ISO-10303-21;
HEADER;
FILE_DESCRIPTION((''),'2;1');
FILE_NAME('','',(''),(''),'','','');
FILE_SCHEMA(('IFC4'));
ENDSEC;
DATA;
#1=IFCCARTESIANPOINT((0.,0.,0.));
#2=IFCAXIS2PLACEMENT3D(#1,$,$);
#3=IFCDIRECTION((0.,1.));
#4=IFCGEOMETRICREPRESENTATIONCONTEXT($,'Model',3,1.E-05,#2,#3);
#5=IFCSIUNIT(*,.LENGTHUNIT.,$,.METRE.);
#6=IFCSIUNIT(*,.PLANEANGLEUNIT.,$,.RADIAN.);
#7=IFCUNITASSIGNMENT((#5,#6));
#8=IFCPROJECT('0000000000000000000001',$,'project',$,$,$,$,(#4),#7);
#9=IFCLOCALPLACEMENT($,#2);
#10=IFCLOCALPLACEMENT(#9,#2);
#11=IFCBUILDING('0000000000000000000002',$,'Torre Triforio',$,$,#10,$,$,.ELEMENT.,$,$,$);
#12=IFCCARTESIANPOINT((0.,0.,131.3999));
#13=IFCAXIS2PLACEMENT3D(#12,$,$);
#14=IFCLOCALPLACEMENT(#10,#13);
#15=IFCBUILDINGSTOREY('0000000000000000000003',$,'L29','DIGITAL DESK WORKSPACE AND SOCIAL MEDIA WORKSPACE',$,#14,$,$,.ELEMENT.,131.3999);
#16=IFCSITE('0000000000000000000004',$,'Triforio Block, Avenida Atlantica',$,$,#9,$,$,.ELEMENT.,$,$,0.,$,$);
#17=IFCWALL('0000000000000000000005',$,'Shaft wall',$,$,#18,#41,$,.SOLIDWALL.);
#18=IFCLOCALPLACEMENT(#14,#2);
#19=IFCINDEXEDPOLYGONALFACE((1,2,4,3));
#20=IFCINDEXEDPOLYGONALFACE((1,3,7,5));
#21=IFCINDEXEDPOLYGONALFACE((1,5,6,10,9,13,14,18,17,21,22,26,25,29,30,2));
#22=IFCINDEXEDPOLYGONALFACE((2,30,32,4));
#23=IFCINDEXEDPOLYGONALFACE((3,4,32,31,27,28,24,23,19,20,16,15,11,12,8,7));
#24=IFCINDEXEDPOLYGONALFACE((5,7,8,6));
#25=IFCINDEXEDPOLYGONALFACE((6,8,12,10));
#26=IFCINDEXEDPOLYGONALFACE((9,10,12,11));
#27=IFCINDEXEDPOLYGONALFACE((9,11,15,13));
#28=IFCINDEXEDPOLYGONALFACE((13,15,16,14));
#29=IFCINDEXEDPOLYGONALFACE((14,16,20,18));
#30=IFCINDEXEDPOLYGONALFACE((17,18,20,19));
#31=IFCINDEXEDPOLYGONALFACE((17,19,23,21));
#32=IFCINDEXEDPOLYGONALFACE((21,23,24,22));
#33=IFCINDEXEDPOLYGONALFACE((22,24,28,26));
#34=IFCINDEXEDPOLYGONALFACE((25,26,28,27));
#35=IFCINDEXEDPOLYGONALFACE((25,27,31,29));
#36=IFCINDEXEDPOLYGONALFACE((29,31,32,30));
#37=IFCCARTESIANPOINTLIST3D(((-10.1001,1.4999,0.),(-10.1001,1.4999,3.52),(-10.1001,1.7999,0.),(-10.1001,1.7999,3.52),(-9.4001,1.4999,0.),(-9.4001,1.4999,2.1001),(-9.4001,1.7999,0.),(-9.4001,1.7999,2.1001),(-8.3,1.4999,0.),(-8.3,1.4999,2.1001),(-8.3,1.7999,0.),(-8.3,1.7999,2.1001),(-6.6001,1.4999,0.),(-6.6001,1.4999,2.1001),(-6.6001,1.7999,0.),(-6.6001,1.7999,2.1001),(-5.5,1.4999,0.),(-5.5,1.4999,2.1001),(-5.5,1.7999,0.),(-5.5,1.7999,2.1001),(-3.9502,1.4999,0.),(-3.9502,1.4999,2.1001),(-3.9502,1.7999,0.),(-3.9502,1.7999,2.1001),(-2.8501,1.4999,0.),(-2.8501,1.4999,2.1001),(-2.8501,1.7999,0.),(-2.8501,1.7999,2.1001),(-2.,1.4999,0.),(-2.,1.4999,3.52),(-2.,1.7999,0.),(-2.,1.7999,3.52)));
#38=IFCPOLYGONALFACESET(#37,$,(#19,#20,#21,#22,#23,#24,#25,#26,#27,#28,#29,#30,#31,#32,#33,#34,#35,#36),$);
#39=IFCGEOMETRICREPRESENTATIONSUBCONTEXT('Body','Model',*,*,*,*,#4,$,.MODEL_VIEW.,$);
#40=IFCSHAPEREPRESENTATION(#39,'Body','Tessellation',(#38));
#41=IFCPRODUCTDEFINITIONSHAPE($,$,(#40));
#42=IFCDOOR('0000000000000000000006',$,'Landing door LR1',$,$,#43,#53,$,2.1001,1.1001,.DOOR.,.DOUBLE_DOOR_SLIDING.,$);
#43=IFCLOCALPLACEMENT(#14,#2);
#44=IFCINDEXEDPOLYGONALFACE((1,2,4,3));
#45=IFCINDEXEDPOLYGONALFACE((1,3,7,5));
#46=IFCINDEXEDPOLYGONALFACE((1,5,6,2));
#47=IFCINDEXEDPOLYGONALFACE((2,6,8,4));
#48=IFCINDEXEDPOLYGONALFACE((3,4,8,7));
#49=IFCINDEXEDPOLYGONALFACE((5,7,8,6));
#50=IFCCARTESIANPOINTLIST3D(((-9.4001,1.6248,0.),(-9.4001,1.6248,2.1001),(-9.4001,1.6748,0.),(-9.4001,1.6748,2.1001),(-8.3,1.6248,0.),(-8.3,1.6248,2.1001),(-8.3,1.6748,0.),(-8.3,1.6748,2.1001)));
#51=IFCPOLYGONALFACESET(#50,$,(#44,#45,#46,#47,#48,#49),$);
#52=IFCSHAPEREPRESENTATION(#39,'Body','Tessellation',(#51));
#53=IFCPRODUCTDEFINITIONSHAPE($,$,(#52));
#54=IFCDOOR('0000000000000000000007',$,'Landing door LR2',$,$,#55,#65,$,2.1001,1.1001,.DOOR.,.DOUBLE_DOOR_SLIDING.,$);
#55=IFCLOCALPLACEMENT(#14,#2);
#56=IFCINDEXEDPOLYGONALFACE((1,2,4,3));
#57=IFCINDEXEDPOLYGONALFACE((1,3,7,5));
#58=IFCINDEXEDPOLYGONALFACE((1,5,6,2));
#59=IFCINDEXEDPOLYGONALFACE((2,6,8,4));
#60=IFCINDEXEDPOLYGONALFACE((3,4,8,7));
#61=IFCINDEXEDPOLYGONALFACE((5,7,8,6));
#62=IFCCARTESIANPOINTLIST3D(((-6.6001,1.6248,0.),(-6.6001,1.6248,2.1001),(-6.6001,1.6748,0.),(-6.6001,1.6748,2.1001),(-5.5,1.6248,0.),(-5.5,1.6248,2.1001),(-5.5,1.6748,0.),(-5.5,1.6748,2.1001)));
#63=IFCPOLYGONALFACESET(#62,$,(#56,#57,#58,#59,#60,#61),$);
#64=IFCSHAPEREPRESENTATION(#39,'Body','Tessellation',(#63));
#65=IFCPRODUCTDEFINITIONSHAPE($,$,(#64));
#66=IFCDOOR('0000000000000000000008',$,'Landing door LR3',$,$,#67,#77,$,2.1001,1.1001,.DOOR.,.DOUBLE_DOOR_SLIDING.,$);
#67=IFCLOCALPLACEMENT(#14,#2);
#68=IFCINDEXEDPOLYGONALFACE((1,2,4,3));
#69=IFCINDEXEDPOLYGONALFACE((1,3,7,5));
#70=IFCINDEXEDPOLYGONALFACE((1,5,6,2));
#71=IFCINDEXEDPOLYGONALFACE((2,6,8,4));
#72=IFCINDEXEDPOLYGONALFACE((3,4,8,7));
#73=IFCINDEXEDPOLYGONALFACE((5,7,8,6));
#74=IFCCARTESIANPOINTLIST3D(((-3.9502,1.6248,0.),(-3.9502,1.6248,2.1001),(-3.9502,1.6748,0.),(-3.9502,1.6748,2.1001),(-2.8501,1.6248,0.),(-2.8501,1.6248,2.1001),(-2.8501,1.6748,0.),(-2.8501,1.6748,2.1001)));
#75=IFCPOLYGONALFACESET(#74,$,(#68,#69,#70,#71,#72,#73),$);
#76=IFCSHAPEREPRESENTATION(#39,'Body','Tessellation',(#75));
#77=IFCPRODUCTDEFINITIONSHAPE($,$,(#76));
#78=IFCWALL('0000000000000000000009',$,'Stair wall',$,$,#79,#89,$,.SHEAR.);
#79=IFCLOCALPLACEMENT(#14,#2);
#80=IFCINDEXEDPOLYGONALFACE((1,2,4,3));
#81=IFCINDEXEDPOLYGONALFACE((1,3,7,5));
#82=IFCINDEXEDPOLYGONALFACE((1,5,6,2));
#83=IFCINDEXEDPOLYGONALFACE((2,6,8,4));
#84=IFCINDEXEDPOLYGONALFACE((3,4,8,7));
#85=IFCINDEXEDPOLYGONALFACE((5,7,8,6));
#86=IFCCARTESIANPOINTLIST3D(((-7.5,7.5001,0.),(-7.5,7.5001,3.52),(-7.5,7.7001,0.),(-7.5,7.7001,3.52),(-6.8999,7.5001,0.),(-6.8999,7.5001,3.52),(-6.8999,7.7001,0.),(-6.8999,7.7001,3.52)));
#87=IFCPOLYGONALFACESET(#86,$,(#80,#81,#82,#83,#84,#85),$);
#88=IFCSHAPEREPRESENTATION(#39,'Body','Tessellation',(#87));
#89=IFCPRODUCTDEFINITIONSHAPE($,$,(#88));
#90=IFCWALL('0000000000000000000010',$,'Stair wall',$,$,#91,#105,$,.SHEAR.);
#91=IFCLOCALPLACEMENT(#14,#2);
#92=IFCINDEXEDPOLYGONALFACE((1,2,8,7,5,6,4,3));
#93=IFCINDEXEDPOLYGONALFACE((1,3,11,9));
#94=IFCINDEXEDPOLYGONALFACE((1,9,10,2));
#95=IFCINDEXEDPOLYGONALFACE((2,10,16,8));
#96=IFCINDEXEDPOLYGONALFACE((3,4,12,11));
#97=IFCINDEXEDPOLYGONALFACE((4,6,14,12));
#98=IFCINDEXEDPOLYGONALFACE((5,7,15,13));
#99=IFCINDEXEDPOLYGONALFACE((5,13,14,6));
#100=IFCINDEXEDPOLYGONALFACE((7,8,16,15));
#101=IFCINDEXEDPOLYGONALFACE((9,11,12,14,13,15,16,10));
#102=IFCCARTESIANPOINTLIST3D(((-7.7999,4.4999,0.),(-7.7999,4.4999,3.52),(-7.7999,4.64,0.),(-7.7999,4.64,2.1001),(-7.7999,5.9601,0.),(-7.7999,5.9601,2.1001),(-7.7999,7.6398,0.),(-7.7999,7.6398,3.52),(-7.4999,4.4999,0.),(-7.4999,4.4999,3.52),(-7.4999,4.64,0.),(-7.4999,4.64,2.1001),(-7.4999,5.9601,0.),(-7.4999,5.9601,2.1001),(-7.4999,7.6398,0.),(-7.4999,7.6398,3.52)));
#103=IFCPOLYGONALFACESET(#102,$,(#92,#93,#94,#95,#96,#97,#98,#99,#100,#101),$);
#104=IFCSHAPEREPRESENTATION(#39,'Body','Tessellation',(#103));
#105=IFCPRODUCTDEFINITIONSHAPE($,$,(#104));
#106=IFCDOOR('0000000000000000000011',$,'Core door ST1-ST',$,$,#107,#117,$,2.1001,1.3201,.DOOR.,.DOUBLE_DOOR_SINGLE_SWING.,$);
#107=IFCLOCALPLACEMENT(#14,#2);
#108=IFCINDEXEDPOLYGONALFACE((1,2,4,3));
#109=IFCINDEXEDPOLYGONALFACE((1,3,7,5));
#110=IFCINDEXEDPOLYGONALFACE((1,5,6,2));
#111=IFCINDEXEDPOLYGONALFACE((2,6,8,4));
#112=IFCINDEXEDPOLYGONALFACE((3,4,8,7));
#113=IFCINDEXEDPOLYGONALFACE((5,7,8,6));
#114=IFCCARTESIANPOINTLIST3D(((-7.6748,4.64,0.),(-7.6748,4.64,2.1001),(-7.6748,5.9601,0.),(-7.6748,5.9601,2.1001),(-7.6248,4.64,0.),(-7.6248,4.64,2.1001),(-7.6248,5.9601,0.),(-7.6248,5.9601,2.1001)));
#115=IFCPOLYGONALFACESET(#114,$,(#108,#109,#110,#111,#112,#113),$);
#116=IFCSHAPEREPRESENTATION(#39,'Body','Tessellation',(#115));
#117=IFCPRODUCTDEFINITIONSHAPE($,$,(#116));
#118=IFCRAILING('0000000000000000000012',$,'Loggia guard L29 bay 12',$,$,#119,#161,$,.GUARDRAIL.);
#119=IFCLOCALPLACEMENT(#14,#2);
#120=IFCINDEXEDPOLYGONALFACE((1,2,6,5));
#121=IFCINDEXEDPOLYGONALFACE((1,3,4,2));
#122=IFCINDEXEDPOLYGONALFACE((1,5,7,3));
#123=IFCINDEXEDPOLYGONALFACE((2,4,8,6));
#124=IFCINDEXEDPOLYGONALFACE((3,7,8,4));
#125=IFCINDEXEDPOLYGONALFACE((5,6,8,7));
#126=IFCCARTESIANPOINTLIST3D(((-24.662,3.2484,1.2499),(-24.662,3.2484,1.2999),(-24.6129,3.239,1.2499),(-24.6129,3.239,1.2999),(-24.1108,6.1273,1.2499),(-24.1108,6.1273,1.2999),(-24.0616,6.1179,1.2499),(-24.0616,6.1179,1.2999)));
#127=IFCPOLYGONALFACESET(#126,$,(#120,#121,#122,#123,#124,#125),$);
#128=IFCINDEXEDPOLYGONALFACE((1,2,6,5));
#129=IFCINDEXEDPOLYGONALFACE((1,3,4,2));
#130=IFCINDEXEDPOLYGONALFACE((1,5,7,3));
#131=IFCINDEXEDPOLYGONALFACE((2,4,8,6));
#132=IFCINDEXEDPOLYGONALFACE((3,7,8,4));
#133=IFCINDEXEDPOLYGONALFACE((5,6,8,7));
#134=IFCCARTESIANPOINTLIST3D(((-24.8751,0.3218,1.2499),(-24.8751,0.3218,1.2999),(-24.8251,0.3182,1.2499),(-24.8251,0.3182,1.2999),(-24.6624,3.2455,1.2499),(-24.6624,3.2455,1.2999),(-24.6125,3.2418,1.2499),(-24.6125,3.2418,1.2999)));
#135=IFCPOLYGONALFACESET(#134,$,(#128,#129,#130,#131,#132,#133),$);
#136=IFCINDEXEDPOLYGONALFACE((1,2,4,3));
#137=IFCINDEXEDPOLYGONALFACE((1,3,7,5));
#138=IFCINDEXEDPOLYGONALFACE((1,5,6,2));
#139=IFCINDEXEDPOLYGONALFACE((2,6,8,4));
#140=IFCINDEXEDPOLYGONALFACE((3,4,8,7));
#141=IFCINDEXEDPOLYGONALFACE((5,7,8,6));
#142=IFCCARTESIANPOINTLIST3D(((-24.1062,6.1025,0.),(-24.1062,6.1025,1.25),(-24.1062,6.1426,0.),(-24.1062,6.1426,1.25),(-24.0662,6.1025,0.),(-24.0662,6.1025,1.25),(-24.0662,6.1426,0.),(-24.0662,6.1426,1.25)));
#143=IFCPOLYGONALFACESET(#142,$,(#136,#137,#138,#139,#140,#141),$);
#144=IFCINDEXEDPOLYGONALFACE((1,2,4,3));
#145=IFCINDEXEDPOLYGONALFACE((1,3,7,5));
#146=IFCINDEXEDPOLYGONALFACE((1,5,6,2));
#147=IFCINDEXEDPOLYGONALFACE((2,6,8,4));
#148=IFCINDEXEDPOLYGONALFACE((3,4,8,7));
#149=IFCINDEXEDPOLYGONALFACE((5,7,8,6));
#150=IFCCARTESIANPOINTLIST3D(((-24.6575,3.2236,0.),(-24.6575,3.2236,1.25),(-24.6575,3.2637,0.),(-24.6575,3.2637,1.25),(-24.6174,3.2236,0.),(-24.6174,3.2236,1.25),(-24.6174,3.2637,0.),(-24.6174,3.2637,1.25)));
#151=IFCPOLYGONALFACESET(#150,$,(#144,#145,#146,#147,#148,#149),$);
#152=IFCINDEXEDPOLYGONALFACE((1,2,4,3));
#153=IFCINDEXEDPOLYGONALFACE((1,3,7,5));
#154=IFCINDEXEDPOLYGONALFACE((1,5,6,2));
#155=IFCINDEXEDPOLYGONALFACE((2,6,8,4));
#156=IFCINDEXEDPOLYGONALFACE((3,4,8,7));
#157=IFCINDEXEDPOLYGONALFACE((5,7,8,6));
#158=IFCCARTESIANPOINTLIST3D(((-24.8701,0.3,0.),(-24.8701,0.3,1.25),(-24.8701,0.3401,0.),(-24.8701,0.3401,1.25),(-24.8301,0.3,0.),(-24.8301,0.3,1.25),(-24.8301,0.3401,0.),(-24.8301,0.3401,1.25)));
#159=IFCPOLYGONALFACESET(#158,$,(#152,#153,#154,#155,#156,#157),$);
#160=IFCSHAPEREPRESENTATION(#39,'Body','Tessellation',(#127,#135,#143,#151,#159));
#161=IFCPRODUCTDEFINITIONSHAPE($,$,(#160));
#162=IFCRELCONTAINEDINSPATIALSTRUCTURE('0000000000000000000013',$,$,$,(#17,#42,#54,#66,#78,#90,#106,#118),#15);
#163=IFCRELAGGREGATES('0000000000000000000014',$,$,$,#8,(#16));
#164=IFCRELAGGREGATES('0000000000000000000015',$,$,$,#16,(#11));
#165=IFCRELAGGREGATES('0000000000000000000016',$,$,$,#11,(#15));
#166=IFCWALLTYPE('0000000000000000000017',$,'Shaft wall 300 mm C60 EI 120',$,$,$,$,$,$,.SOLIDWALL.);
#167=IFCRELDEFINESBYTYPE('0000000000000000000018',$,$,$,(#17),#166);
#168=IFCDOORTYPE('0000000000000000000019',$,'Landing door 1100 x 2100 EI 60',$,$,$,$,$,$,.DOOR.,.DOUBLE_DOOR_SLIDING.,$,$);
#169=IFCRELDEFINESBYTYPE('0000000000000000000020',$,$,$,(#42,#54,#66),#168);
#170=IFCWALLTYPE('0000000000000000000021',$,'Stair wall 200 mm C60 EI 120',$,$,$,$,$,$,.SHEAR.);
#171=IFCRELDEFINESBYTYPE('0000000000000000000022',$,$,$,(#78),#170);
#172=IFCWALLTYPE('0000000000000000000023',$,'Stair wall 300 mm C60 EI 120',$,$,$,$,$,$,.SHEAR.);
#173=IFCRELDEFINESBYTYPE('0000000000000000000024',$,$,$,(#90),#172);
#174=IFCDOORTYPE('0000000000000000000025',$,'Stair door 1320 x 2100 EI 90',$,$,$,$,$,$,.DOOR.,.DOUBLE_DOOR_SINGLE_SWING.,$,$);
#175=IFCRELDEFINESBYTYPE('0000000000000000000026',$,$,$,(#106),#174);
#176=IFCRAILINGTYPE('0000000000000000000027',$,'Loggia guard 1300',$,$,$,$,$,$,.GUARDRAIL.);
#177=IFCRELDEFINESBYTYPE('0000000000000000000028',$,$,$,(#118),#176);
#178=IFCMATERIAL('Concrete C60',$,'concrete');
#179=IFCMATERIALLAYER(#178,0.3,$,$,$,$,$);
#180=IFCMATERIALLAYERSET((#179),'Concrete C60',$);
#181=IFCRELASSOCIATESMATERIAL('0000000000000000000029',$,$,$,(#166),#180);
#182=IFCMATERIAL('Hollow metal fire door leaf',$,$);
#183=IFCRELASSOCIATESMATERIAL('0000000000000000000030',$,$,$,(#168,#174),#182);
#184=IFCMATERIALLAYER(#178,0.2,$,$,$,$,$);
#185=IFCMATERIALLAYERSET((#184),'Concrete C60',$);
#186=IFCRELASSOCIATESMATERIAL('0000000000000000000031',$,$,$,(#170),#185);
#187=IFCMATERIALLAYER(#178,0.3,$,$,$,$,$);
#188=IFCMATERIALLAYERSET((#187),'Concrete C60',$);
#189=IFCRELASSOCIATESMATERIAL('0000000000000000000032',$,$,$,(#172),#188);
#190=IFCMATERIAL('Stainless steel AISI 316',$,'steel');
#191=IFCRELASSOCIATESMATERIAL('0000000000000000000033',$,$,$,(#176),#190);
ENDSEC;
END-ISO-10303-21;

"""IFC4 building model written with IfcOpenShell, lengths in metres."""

from ifc_helpers import new_model, si_unit, direction, frame, frame_2d, origin, origin_2d, place, context, subcontext, project, spatial, rectangle, extrude, material, layer, layer_set, type_object, element, fill, save


model = new_model("IFC4")

# Units and contexts
model_context = context("Model", 3, precision=1e-05, world=origin(), true_north=direction((0.0, 1.0)))
body_context = subcontext(model_context, "Body", "Model", "MODEL_VIEW")
ifc_project = project(units=[si_unit("LENGTHUNIT", "METRE"), si_unit("PLANEANGLEUNIT", "RADIAN")], contexts=[model_context])

# Site, building, storey
site_placement = place(None, origin())
site = spatial("IfcSite", under=ifc_project, at=site_placement, Name="Triforio Block, Avenida Atlantica", CompositionType="ELEMENT", RefElevation=0.0)
building_placement = place(site_placement, origin())
building = spatial("IfcBuilding", under=site, at=building_placement, Name="Torre Triforio", CompositionType="ELEMENT")
storey_placement = place(building_placement, frame((0.0, 0.0, 131.3999)))
storey = spatial("IfcBuildingStorey", under=building, at=storey_placement, Name="L29", Description="DIGITAL DESK WORKSPACE AND SOCIAL MEDIA WORKSPACE", CompositionType="ELEMENT", Elevation=131.3999)

# Shared definitions
ifc_material_1 = material(Name="Concrete C60", Category="concrete")

# Shared definitions
ifc_material_2 = material(Name="Hollow metal fire door leaf")

# Shared definitions
ifc_layer_1 = layer(ifc_material_1, 0.3)
ifc_layer_set_1 = layer_set([ifc_layer_1], Name="Concrete C60")
wall_type_1 = type_object("IfcWallType", Name="Shaft wall 300 mm C60 EI 120", PredefinedType="SOLIDWALL", material=ifc_layer_set_1)

# Wall, openings, doors
wall_1_placement = place(storey_placement, frame((-10.1001, 1.6499, 0.0), z_axis=(0.0, 0.0, 1.0), x_axis=(1.0, 0.0, 0.0)))
wall_1 = element("IfcWall", 1, at=wall_1_placement, inside=storey, type_object=wall_type_1, Name="Shaft wall", PredefinedType="SOLIDWALL", context=body_context, shape_type="SweptSolid", body=[
    extrude(rectangle(XDim=8.1001, YDim=0.3, at=frame_2d((4.05, 0.0))), origin(), (0.0, 0.0, 1.0), 3.52),
])
opening_1_placement = place(wall_1_placement, frame((0.7, 0.0, 0.0)))
opening_1 = element("IfcOpeningElement", 2, at=opening_1_placement, cuts=wall_1, PredefinedType="OPENING", context=body_context, shape_type="SweptSolid", body=[
    extrude(rectangle(XDim=1.1001, YDim=2.1001, at=frame_2d((0.55, 1.05))), frame((0.0, 0.1599, 0.0), z_axis=(0.0, -1.0, 0.0), x_axis=(1.0, 0.0, 0.0)), (0.0, 0.0, 1.0), 0.3201),
])
opening_2_placement = place(wall_1_placement, frame((3.5, 0.0, 0.0)))
opening_2 = element("IfcOpeningElement", 3, at=opening_2_placement, cuts=wall_1, PredefinedType="OPENING", context=body_context, shape_type="SweptSolid", body=[
    extrude(rectangle(XDim=1.1001, YDim=2.1001, at=frame_2d((0.55, 1.05))), frame((0.0, 0.1599, 0.0), z_axis=(0.0, -1.0, 0.0), x_axis=(1.0, 0.0, 0.0)), (0.0, 0.0, 1.0), 0.3201),
])
opening_3_placement = place(wall_1_placement, frame((6.1499, 0.0, 0.0)))
opening_3 = element("IfcOpeningElement", 4, at=opening_3_placement, cuts=wall_1, PredefinedType="OPENING", context=body_context, shape_type="SweptSolid", body=[
    extrude(rectangle(XDim=1.1001, YDim=2.1001, at=frame_2d((0.55, 1.05))), frame((0.0, 0.1599, 0.0), z_axis=(0.0, -1.0, 0.0), x_axis=(1.0, 0.0, 0.0)), (0.0, 0.0, 1.0), 0.3201),
])
door_type_1 = type_object("IfcDoorType", Name="Landing door 1100 x 2100 EI 60", OperationType="DOUBLE_DOOR_SLIDING", PredefinedType="DOOR", material=ifc_material_2)
door_1_placement = place(opening_1_placement, origin())
door_1 = element("IfcDoor", 5, at=door_1_placement, inside=storey, type_object=door_type_1, Name="Landing door LR1", OperationType="DOUBLE_DOOR_SLIDING", OverallHeight=2.1001, OverallWidth=1.1001, PredefinedType="DOOR", context=body_context, shape_type="SweptSolid", body=[
    extrude(rectangle(XDim=1.1001, YDim=2.1001, at=frame_2d((0.55, 1.05))), frame((0.0, 0.0249, 0.0), z_axis=(0.0, -1.0, 0.0), x_axis=(1.0, 0.0, 0.0)), (0.0, 0.0, 1.0), 0.05),
])
fill(opening_1, door_1)
door_2_placement = place(opening_2_placement, origin())
door_2 = element("IfcDoor", 6, at=door_2_placement, inside=storey, type_object=door_type_1, Name="Landing door LR2", OperationType="DOUBLE_DOOR_SLIDING", OverallHeight=2.1001, OverallWidth=1.1001, PredefinedType="DOOR", context=body_context, shape_type="SweptSolid", body=[
    extrude(rectangle(XDim=1.1001, YDim=2.1001, at=frame_2d((0.55, 1.05))), frame((0.0, 0.0249, 0.0), z_axis=(0.0, -1.0, 0.0), x_axis=(1.0, 0.0, 0.0)), (0.0, 0.0, 1.0), 0.05),
])
fill(opening_2, door_2)
door_3_placement = place(opening_3_placement, origin())
door_3 = element("IfcDoor", 7, at=door_3_placement, inside=storey, type_object=door_type_1, Name="Landing door LR3", OperationType="DOUBLE_DOOR_SLIDING", OverallHeight=2.1001, OverallWidth=1.1001, PredefinedType="DOOR", context=body_context, shape_type="SweptSolid", body=[
    extrude(rectangle(XDim=1.1001, YDim=2.1001, at=frame_2d((0.55, 1.05))), frame((0.0, 0.0249, 0.0), z_axis=(0.0, -1.0, 0.0), x_axis=(1.0, 0.0, 0.0)), (0.0, 0.0, 1.0), 0.05),
])
fill(opening_3, door_3)

# Wall
ifc_layer_2 = layer(ifc_material_1, 0.2)
ifc_layer_set_2 = layer_set([ifc_layer_2], Name="Concrete C60")
wall_type_2 = type_object("IfcWallType", Name="Stair wall 200 mm C60 EI 120", PredefinedType="SHEAR", material=ifc_layer_set_2)
wall_2_placement = place(storey_placement, frame((-7.5, 7.6001, 0.0), z_axis=(0.0, 0.0, 1.0), x_axis=(1.0, 0.0, 0.0)))
element("IfcWall", 8, at=wall_2_placement, inside=storey, type_object=wall_type_2, Name="Stair wall", PredefinedType="SHEAR", context=body_context, shape_type="SweptSolid", body=[
    extrude(rectangle(XDim=0.6001, YDim=0.2, at=frame_2d((0.3, 0.0))), origin(), (0.0, 0.0, 1.0), 3.52),
])

# Wall, opening, door
ifc_layer_3 = layer(ifc_material_1, 0.3)
ifc_layer_set_3 = layer_set([ifc_layer_3], Name="Concrete C60")
wall_type_3 = type_object("IfcWallType", Name="Stair wall 300 mm C60 EI 120", PredefinedType="SHEAR", material=ifc_layer_set_3)
wall_3_placement = place(storey_placement, frame((-7.6499, 4.5, 0.0), z_axis=(0.0, 0.0, 1.0), x_axis=(0.0, 1.0, 0.0)))
wall_3 = element("IfcWall", 9, at=wall_3_placement, inside=storey, type_object=wall_type_3, Name="Stair wall", PredefinedType="SHEAR", context=body_context, shape_type="SweptSolid", body=[
    extrude(rectangle(XDim=3.1399, YDim=0.3, at=frame_2d((1.5698, 0.0))), origin(), (0.0, 0.0, 1.0), 3.52),
])
opening_4_placement = place(wall_3_placement, frame((0.1399, 0.0, 0.0)))
opening_4 = element("IfcOpeningElement", 10, at=opening_4_placement, cuts=wall_3, PredefinedType="OPENING", context=body_context, shape_type="SweptSolid", body=[
    extrude(rectangle(XDim=1.3201, YDim=2.1001, at=frame_2d((0.6602, 1.05))), frame((0.0, 0.1599, 0.0), z_axis=(0.0, -1.0, 0.0), x_axis=(1.0, 0.0, 0.0)), (0.0, 0.0, 1.0), 0.3201),
])
door_type_2 = type_object("IfcDoorType", Name="Stair door 1320 x 2100 EI 90", OperationType="DOUBLE_DOOR_SINGLE_SWING", PredefinedType="DOOR", material=ifc_material_2)
door_4_placement = place(opening_4_placement, origin())
door_4 = element("IfcDoor", 11, at=door_4_placement, inside=storey, type_object=door_type_2, Name="Core door ST1-ST", OperationType="DOUBLE_DOOR_SINGLE_SWING", OverallHeight=2.1001, OverallWidth=1.3201, PredefinedType="DOOR", context=body_context, shape_type="SweptSolid", body=[
    extrude(rectangle(XDim=1.3201, YDim=2.1001, at=frame_2d((0.6602, 1.05))), frame((0.0, 0.0249, 0.0), z_axis=(0.0, -1.0, 0.0), x_axis=(1.0, 0.0, 0.0)), (0.0, 0.0, 1.0), 0.05),
])
fill(opening_4, door_4)

# Railing
ifc_material_3 = material(Name="Stainless steel AISI 316", Category="steel")
railing_type = type_object("IfcRailingType", Name="Loggia guard 1300", PredefinedType="GUARDRAIL", material=ifc_material_3)
railing_placement = place(storey_placement, frame((-24.0862, 6.1226, 0.0)))
element("IfcRailing", 12, at=railing_placement, inside=storey, type_object=railing_type, Name="Loggia guard L29 bay 12", PredefinedType="GUARDRAIL", context=body_context, shape_type="SweptSolid", body=[
    extrude(rectangle(XDim=0.05, YDim=0.05, at=origin_2d()), frame((0.0, 0.0, 1.2749), z_axis=(-0.188069, -0.982156, 0.0), x_axis=(0.982156, -0.188069, 0.0)), (0.0, 0.0, 1.0), 2.9312),
    extrude(rectangle(XDim=0.05, YDim=0.05, at=origin_2d()), frame((-0.5513, -2.8789, 1.2749), z_axis=(-0.072543, -0.997365, 0.0), x_axis=(0.997365, -0.072543, 0.0)), (0.0, 0.0, 1.0), 2.9314),
    extrude(rectangle(XDim=0.04, YDim=0.04, at=origin_2d()), origin(), (0.0, 0.0, 1.0), 1.25),
    extrude(rectangle(XDim=0.04, YDim=0.04, at=origin_2d()), frame((-0.5513, -2.8789, 0.0)), (0.0, 0.0, 1.0), 1.25),
    extrude(rectangle(XDim=0.04, YDim=0.04, at=origin_2d()), frame((-0.7639, -5.8025, 0.0)), (0.0, 0.0, 1.0), 1.25),
])

save(model, "model.ifc")
